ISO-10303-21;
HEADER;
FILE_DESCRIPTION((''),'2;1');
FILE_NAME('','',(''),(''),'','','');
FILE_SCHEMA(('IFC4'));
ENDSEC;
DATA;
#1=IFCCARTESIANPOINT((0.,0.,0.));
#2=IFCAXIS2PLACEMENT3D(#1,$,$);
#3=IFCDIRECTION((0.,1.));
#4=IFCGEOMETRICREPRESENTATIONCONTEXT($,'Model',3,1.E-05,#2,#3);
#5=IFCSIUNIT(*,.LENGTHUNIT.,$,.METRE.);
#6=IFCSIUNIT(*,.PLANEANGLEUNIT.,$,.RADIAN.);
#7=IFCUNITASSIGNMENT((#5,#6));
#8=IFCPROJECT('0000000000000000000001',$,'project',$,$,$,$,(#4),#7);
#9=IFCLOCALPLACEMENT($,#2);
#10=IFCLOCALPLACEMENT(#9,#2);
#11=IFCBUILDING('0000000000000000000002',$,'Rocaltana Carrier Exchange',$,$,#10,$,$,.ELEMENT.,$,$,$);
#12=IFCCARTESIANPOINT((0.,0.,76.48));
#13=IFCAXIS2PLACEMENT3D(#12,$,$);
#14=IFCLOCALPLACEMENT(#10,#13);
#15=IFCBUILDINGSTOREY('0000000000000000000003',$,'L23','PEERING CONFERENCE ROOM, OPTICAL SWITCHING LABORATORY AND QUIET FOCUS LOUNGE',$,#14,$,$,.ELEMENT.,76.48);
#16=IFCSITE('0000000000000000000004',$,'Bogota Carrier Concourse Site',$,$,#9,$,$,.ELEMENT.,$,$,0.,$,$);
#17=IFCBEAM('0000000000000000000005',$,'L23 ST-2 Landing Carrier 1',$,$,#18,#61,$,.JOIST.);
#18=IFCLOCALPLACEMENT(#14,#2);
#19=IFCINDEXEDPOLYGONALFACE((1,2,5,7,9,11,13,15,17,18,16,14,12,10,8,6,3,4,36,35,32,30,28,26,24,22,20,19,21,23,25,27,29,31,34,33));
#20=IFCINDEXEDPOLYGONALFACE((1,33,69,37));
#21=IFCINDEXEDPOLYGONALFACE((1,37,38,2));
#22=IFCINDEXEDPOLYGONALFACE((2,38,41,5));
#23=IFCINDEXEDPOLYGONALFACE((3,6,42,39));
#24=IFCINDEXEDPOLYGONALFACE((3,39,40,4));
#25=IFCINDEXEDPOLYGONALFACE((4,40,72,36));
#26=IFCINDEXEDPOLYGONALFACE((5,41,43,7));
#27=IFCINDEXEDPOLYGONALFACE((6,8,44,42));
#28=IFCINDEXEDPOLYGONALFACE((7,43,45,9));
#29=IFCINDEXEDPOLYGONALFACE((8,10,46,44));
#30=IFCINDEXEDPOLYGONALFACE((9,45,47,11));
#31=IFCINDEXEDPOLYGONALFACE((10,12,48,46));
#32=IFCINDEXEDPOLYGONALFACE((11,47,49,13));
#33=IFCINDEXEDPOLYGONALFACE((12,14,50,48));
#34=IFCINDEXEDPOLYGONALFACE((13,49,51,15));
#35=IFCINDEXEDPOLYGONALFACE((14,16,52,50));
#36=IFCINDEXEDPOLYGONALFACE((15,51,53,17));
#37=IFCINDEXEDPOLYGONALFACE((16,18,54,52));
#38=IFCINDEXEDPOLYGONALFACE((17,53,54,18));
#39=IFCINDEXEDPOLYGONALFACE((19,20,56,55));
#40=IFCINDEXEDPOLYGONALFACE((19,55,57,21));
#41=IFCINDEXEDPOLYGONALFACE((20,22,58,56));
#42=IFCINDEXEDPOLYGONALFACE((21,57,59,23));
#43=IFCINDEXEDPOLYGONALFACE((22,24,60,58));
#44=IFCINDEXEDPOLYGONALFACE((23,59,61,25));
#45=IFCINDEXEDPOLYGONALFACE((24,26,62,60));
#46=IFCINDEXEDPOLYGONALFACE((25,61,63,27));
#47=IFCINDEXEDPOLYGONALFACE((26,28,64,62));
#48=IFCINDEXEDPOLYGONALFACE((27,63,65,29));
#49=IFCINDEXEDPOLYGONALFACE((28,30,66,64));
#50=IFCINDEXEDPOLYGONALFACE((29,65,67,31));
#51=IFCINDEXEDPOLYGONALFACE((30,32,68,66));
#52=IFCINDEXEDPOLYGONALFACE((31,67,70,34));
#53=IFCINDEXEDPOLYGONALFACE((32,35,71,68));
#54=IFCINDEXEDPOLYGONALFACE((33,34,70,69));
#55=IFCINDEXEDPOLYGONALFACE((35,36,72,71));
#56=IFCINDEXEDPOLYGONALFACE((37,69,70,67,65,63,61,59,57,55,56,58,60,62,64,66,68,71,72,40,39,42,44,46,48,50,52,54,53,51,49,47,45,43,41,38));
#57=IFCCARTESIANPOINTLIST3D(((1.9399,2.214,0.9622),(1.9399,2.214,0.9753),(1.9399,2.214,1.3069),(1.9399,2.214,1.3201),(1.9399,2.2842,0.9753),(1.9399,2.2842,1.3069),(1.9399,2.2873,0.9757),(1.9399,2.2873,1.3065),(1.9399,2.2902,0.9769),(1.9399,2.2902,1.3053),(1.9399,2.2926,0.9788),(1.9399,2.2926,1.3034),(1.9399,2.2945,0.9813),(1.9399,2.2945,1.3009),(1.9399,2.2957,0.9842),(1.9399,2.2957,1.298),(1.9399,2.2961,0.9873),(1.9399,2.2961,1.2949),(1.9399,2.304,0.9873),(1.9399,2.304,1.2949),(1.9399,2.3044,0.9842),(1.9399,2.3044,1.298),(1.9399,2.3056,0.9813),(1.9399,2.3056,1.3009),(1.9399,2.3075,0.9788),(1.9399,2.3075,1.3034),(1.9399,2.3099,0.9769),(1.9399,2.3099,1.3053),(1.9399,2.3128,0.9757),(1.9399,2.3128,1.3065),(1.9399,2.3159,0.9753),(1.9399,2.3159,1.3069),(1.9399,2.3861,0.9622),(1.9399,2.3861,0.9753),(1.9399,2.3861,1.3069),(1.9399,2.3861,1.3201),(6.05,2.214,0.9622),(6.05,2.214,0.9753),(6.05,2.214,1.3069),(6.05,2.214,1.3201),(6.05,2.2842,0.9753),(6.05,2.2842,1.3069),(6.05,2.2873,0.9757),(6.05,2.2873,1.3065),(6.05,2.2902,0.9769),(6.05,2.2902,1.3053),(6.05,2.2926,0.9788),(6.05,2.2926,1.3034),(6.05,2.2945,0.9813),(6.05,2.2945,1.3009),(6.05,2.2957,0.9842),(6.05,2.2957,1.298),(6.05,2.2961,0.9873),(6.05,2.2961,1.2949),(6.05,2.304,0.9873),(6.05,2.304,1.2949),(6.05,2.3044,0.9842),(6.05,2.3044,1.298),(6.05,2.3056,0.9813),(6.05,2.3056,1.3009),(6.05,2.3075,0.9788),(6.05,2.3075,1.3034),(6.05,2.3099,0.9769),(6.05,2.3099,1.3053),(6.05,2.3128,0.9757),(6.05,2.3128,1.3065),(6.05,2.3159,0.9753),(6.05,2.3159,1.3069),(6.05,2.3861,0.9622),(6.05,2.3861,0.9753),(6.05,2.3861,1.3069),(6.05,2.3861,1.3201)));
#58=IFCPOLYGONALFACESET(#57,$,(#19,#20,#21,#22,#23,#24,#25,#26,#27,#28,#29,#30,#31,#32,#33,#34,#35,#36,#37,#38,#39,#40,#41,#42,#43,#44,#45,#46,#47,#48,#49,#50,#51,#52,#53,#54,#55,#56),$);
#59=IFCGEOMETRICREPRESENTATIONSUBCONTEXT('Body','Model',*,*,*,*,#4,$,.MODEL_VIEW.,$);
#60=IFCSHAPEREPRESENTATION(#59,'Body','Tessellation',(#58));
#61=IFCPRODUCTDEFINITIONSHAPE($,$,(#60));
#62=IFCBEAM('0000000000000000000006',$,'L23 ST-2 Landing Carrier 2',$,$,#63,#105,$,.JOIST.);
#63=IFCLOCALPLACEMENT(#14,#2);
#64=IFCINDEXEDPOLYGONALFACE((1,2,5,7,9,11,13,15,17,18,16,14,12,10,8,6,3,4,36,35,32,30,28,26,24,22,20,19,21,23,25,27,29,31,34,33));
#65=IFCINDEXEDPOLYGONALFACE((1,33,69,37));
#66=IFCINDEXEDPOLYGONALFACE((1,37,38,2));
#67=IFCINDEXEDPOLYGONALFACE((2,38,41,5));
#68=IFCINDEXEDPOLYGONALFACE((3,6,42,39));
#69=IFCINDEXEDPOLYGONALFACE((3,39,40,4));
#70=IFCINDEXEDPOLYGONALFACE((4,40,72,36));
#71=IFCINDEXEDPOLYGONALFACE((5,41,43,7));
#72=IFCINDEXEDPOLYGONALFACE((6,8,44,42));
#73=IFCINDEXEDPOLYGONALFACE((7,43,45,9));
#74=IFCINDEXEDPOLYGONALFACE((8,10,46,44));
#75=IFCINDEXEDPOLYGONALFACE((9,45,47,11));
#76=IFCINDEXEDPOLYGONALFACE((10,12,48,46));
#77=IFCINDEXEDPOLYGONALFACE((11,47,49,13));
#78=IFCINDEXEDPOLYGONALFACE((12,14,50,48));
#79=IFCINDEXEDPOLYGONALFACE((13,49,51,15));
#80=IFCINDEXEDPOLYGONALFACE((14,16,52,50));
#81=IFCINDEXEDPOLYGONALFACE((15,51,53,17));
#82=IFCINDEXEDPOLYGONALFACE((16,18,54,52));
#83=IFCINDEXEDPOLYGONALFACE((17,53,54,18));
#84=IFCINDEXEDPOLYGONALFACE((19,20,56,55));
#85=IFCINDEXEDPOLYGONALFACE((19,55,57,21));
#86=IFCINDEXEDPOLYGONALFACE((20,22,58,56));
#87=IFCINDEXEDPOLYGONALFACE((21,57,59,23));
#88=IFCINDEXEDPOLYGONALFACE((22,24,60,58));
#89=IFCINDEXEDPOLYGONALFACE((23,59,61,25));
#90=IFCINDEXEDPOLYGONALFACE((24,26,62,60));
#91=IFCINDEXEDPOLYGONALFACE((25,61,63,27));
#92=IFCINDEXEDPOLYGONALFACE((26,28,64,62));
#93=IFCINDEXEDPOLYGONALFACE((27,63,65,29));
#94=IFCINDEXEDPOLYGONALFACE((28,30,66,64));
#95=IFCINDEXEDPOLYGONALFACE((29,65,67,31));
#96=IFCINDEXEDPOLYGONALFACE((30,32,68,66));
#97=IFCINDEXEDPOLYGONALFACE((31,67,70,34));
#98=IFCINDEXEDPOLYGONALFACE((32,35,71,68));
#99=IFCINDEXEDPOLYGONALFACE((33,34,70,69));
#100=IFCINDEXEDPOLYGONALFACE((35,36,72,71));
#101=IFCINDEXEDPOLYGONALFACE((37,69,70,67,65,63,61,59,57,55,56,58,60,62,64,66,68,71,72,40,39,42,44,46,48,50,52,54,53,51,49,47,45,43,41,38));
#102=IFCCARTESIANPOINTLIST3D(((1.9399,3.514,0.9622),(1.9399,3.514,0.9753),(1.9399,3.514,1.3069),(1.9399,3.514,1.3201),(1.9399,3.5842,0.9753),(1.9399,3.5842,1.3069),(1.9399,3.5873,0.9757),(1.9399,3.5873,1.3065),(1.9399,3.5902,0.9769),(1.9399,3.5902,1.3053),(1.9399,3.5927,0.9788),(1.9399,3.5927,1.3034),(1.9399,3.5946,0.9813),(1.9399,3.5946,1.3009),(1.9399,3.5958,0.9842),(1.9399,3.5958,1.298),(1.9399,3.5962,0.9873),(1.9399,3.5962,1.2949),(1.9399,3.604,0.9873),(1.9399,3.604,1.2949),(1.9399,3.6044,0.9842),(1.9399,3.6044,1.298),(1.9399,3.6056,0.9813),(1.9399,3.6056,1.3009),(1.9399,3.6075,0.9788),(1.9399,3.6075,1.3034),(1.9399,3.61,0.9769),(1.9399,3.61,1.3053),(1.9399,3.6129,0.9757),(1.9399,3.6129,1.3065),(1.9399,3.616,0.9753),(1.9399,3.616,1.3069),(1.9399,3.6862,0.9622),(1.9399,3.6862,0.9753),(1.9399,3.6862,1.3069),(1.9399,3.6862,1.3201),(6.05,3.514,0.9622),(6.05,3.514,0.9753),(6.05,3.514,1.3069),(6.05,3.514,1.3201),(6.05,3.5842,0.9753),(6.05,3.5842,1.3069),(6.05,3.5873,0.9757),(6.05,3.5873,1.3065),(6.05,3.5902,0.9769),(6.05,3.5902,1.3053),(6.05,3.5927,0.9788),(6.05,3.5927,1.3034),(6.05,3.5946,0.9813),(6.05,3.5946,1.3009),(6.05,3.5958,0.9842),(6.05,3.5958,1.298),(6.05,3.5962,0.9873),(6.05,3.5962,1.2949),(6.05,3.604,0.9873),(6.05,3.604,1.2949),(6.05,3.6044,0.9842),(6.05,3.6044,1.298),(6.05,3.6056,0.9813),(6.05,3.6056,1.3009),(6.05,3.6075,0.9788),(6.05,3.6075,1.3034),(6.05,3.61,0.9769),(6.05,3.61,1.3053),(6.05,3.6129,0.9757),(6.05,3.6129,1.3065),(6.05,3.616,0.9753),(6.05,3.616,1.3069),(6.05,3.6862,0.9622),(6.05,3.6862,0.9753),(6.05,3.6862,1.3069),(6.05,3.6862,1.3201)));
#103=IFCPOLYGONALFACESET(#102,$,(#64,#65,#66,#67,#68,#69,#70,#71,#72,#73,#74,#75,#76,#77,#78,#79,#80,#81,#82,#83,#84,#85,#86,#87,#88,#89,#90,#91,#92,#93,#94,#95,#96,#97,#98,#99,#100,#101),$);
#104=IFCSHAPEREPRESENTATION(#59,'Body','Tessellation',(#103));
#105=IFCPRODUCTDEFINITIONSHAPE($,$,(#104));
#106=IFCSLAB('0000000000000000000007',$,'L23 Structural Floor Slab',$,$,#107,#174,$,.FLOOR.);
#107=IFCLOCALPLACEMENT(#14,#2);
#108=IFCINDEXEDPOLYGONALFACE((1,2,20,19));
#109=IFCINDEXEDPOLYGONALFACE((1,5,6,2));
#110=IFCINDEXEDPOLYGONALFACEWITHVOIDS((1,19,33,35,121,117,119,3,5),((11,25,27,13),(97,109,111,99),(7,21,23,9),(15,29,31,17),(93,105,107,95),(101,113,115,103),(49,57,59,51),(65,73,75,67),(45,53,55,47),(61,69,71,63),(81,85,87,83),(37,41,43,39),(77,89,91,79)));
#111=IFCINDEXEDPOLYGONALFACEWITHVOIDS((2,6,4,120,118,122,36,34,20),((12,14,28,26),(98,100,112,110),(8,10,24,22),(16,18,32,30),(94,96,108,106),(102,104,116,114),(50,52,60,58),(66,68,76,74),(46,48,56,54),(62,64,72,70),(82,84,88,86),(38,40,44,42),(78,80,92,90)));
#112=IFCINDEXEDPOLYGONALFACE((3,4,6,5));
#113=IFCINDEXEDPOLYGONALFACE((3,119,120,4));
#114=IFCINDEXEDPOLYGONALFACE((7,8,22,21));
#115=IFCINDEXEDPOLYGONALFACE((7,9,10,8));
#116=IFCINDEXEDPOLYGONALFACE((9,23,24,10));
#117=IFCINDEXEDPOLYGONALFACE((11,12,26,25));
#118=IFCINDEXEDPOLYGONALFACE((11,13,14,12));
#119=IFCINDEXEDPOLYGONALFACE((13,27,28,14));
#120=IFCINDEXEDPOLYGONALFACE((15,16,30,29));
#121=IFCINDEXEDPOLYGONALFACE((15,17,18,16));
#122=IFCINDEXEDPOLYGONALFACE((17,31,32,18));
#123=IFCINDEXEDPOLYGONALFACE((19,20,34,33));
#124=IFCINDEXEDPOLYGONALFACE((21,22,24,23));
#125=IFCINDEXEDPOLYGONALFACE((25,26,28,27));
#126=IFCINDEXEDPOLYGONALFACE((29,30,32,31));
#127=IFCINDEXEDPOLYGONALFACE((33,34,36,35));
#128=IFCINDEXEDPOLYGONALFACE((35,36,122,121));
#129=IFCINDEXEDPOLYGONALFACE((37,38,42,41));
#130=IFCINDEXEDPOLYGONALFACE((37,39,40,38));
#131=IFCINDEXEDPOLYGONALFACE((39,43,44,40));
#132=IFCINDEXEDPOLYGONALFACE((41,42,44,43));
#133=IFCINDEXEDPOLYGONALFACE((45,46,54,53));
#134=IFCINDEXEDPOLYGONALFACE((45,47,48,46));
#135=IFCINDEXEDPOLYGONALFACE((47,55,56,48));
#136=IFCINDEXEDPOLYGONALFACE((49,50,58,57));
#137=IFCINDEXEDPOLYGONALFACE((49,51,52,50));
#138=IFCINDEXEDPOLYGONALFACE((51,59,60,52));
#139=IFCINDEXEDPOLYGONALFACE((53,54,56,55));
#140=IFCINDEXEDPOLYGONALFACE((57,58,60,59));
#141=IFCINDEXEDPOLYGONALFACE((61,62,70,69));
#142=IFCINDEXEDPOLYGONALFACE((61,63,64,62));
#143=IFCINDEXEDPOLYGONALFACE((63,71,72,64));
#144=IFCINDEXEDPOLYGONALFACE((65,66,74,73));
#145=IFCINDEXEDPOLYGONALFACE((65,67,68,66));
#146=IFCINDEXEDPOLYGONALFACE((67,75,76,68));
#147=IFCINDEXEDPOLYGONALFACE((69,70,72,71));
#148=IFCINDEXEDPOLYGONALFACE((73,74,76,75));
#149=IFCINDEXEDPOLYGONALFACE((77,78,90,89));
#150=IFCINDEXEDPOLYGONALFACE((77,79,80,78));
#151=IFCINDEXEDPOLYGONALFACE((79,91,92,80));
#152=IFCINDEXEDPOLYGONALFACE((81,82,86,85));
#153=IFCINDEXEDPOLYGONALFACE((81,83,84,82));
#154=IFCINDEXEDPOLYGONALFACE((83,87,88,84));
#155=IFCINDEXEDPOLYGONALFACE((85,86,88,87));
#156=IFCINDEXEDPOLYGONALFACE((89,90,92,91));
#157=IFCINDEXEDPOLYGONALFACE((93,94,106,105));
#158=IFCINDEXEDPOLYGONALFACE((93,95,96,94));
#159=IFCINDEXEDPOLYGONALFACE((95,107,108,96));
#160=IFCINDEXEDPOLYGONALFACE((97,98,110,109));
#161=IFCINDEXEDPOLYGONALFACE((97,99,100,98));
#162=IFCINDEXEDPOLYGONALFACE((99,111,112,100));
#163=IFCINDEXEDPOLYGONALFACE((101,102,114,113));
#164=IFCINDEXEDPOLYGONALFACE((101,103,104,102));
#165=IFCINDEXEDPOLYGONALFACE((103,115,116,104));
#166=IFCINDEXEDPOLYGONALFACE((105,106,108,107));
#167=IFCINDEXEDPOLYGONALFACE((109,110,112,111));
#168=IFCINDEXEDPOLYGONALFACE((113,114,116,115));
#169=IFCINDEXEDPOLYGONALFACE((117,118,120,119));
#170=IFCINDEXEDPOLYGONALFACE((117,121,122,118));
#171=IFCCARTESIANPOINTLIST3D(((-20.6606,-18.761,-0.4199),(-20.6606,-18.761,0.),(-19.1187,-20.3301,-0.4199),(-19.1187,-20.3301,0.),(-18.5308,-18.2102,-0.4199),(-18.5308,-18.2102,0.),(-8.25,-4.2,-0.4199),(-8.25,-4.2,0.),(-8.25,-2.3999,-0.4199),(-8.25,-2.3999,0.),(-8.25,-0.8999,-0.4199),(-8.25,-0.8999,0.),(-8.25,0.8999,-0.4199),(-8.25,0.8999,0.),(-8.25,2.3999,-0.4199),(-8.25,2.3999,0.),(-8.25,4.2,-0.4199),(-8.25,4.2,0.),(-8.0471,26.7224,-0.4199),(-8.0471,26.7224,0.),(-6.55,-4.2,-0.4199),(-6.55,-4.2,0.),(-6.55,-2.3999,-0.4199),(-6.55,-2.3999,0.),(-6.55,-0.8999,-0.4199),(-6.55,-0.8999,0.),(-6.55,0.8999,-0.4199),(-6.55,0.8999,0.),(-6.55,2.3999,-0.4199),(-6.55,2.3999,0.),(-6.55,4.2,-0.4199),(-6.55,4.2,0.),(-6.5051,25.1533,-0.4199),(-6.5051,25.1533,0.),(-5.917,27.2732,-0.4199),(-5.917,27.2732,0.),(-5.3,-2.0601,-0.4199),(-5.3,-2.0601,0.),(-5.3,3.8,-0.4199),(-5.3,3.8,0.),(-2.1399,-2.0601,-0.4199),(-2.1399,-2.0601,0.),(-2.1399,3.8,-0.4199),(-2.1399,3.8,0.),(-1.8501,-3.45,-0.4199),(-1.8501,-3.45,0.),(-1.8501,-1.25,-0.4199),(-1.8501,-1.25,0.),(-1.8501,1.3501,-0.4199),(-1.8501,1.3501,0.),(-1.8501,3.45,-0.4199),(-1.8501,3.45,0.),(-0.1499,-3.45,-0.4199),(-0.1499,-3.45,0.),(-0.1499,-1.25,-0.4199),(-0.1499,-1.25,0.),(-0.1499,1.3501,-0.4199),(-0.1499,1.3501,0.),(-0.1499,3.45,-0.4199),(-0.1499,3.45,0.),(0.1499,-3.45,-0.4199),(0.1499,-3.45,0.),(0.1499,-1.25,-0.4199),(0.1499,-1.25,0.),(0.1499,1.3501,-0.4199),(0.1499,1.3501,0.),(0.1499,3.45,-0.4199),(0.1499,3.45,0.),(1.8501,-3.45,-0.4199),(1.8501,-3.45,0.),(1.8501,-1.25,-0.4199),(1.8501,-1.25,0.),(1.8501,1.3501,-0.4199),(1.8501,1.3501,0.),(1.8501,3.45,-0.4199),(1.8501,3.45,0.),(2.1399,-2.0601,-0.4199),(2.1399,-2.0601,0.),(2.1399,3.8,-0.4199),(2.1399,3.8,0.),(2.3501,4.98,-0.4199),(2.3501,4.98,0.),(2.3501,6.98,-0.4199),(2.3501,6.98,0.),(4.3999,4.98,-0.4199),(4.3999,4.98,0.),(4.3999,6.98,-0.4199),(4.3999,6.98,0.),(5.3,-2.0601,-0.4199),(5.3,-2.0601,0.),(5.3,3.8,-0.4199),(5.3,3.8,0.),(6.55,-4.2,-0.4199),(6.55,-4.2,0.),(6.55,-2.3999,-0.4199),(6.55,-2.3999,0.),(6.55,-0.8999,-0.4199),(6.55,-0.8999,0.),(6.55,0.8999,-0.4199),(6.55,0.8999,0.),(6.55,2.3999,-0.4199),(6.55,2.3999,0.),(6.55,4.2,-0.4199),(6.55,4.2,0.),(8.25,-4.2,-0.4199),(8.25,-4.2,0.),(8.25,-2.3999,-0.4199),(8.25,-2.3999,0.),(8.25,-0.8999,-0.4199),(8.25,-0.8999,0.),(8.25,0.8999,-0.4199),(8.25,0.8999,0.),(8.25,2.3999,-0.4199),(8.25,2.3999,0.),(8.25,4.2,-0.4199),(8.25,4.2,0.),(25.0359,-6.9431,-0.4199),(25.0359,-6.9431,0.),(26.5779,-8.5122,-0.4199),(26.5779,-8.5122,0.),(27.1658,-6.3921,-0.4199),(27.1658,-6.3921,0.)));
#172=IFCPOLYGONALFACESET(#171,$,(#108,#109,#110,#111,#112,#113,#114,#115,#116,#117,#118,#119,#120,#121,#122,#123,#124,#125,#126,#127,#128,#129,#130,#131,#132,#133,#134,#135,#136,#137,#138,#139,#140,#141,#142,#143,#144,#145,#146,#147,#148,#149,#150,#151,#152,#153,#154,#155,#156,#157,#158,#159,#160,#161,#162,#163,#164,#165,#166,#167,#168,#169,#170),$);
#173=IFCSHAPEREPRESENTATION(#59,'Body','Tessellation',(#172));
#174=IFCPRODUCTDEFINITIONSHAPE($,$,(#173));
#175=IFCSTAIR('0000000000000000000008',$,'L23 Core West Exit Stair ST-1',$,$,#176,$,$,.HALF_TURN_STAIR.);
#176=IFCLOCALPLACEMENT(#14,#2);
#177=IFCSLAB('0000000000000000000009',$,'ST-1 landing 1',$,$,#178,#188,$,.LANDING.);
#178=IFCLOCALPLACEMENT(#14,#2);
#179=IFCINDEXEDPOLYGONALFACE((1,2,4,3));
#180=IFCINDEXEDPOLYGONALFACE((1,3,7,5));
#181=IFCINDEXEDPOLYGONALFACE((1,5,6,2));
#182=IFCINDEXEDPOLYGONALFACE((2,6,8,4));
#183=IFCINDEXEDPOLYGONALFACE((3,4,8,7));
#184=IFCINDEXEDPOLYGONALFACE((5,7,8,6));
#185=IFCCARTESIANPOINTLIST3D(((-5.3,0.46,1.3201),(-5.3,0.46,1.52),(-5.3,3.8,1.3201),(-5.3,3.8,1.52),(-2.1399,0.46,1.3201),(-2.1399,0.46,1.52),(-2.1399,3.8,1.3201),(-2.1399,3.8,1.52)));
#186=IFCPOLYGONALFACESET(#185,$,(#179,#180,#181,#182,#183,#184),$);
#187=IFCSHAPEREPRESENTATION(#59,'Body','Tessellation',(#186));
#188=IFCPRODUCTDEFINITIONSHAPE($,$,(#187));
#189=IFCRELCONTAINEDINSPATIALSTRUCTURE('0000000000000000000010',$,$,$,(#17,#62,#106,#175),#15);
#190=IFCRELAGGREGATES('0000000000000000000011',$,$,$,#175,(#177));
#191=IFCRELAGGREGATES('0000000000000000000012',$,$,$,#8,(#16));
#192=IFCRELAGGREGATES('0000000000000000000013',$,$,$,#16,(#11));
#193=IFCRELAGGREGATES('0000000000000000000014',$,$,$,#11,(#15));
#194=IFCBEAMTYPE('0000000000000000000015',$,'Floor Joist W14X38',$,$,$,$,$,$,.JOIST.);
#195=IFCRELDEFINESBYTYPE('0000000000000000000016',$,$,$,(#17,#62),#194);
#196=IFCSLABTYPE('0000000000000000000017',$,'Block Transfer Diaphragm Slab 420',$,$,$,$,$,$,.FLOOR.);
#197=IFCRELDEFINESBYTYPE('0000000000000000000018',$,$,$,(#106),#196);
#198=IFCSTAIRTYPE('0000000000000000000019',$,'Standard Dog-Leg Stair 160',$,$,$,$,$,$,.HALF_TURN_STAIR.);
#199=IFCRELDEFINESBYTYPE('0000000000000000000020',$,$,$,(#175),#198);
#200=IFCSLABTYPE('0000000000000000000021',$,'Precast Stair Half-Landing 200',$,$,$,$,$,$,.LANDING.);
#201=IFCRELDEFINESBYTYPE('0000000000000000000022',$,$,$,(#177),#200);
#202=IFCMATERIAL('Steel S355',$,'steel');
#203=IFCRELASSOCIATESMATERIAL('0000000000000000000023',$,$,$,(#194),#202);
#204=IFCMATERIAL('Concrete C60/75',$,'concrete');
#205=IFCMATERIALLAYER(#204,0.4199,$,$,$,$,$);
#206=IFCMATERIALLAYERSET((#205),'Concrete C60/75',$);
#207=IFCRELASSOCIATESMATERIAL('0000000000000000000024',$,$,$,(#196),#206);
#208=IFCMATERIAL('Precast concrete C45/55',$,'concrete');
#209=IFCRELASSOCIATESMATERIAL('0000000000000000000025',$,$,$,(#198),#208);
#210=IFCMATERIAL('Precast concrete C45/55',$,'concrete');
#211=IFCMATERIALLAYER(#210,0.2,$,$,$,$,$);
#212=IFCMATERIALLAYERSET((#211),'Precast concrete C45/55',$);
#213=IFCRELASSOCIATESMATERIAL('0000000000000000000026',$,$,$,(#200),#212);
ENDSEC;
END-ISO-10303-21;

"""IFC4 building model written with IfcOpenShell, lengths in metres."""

from ifc_helpers import new_model, si_unit, direction, frame, origin, origin_2d, place, context, subcontext, project, spatial, polyline, i_section, outline, extrude, material, layer, layer_set, material_profile, profile_set, type_object, element, aggregate, save


model = new_model("IFC4")

# Units and contexts
model_context = context("Model", 3, precision=1e-05, world=origin(), true_north=direction((0.0, 1.0)))
body_context = subcontext(model_context, "Body", "Model", "MODEL_VIEW")
ifc_project = project(units=[si_unit("LENGTHUNIT", "METRE"), si_unit("PLANEANGLEUNIT", "RADIAN")], contexts=[model_context])

# Site, building, storey
site_placement = place(None, origin())
site = spatial("IfcSite", under=ifc_project, at=site_placement, Name="Bogota Carrier Concourse Site", CompositionType="ELEMENT", RefElevation=0.0)
building_placement = place(site_placement, origin())
building = spatial("IfcBuilding", under=site, at=building_placement, Name="Rocaltana Carrier Exchange", CompositionType="ELEMENT")
storey_placement = place(building_placement, frame((0.0, 0.0, 76.48)))
storey = spatial("IfcBuildingStorey", under=building, at=storey_placement, Name="L23", Description="PEERING CONFERENCE ROOM, OPTICAL SWITCHING LABORATORY AND QUIET FOCUS LOUNGE", CompositionType="ELEMENT", Elevation=76.48)

# Beams
ifc_material_1 = material(Name="Steel S355", Category="steel")
ifc_material_profile = material_profile(ifc_material_1, i_section(OverallWidth=0.1721, OverallDepth=0.3579, WebThickness=0.0078, FlangeThickness=0.0132, FilletRadius=0.012, at=origin_2d()), Name="W14X38")
ifc_profile_set = profile_set([ifc_material_profile], Name="Steel S355")
beam_type = type_object("IfcBeamType", Name="Floor Joist W14X38", PredefinedType="JOIST", material=ifc_profile_set)
for number, where, z_axis, x_axis, name in (
    (1, (1.9399, 2.3, 1.1411), (1.0, 0.0, 0.0), (0.0, 1.0, 0.0), "L23 ST-2 Landing Carrier 1"),
    (2, (1.9399, 3.6001, 1.1411), (1.0, 0.0, 0.0), (0.0, 1.0, 0.0), "L23 ST-2 Landing Carrier 2"),
):
    element("IfcBeam", number, at=place(storey_placement, frame(where, z_axis=z_axis, x_axis=x_axis)), inside=storey, type_object=beam_type, Name=name, PredefinedType="JOIST", context=body_context, shape_type="SweptSolid", body=[
        extrude(i_section(OverallWidth=0.1721, OverallDepth=0.3579, WebThickness=0.0078, FlangeThickness=0.0132, FilletRadius=0.012, at=origin_2d()), origin(), (0.0, 0.0, 1.0), 4.1101),
    ])

# Slab
ifc_material_2 = material(Name="Concrete C60/75", Category="concrete")
ifc_layer_1 = layer(ifc_material_2, 0.4199)
ifc_layer_set_1 = layer_set([ifc_layer_1], Name="Concrete C60/75")
slab_type_1 = type_object("IfcSlabType", Name="Block Transfer Diaphragm Slab 420", PredefinedType="FLOOR", material=ifc_layer_set_1)
slab_1_placement = place(storey_placement, frame((0.0, 0.0, -0.4199)))
element("IfcSlab", 3, at=slab_1_placement, inside=storey, type_object=slab_type_1, Name="L23 Structural Floor Slab", PredefinedType="FLOOR", context=body_context, shape_type="SweptSolid", body=[
    extrude(outline(polyline([(26.5779, -8.5122), (25.0359, -6.9431), (27.1658, -6.3921), (-5.917, 27.2732), (-6.5051, 25.1533), (-8.0471, 26.7224), (-20.6606, -18.761), (-18.5308, -18.2102), (-19.1187, -20.3301), (26.5779, -8.5122)]), holes=[polyline([(-5.3, -2.0601), (-2.1399, -2.0601), (-2.1399, 3.8), (-5.3, 3.8), (-5.3, -2.0601)]), polyline([(2.1399, -2.0601), (5.3, -2.0601), (5.3, 3.8), (2.1399, 3.8), (2.1399, -2.0601)]), polyline([(-1.8501, -3.45), (-0.1499, -3.45), (-0.1499, -1.25), (-1.8501, -1.25), (-1.8501, -3.45)]), polyline([(0.1499, -3.45), (1.8501, -3.45), (1.8501, -1.25), (0.1499, -1.25), (0.1499, -3.45)]), polyline([(2.3501, 4.98), (4.3999, 4.98), (4.3999, 6.98), (2.3501, 6.98), (2.3501, 4.98)]), polyline([(-1.8501, 1.3501), (-0.1499, 1.3501), (-0.1499, 3.45), (-1.8501, 3.45), (-1.8501, 1.3501)]), polyline([(0.1499, 1.3501), (1.8501, 1.3501), (1.8501, 3.45), (0.1499, 3.45), (0.1499, 1.3501)]), polyline([(-8.25, -4.2), (-6.55, -4.2), (-6.55, -2.3999), (-8.25, -2.3999), (-8.25, -4.2)]), polyline([(-8.25, -0.8999), (-6.55, -0.8999), (-6.55, 0.8999), (-8.25, 0.8999), (-8.25, -0.8999)]), polyline([(-8.25, 2.3999), (-6.55, 2.3999), (-6.55, 4.2), (-8.25, 4.2), (-8.25, 2.3999)]), polyline([(6.55, -4.2), (8.25, -4.2), (8.25, -2.3999), (6.55, -2.3999), (6.55, -4.2)]), polyline([(6.55, -0.8999), (8.25, -0.8999), (8.25, 0.8999), (6.55, 0.8999), (6.55, -0.8999)]), polyline([(6.55, 2.3999), (8.25, 2.3999), (8.25, 4.2), (6.55, 4.2), (6.55, 2.3999)])]), origin(), (0.0, 0.0, 1.0), 0.4199),
])

# Stair, slab
ifc_material_3 = material(Name="Precast concrete C45/55", Category="concrete")
stair_type = type_object("IfcStairType", Name="Standard Dog-Leg Stair 160", PredefinedType="HALF_TURN_STAIR", material=ifc_material_3)
stair_1_placement = place(storey_placement, origin())
stair_1 = element("IfcStair", 4, at=stair_1_placement, inside=storey, type_object=stair_type, Name="L23 Core West Exit Stair ST-1", PredefinedType="HALF_TURN_STAIR")
ifc_material_4 = material(Name="Precast concrete C45/55", Category="concrete")
ifc_layer_2 = layer(ifc_material_4, 0.2)
ifc_layer_set_2 = layer_set([ifc_layer_2], Name="Precast concrete C45/55")
slab_type_2 = type_object("IfcSlabType", Name="Precast Stair Half-Landing 200", PredefinedType="LANDING", material=ifc_layer_set_2)
slab_2_placement = place(storey_placement, frame((0.0, 0.0, 1.3201)))
slab_2 = element("IfcSlab", 5, at=slab_2_placement, type_object=slab_type_2, Name="ST-1 landing 1", PredefinedType="LANDING", context=body_context, shape_type="SweptSolid", body=[
    extrude(outline(polyline([(-2.1399, 0.46), (-2.1399, 3.8), (-5.3, 3.8), (-5.3, 0.46), (-2.1399, 0.46)])), origin(), (0.0, 0.0, 1.0), 0.2),
])
aggregate(stair_1, [slab_2])

save(model, "model.ifc")
